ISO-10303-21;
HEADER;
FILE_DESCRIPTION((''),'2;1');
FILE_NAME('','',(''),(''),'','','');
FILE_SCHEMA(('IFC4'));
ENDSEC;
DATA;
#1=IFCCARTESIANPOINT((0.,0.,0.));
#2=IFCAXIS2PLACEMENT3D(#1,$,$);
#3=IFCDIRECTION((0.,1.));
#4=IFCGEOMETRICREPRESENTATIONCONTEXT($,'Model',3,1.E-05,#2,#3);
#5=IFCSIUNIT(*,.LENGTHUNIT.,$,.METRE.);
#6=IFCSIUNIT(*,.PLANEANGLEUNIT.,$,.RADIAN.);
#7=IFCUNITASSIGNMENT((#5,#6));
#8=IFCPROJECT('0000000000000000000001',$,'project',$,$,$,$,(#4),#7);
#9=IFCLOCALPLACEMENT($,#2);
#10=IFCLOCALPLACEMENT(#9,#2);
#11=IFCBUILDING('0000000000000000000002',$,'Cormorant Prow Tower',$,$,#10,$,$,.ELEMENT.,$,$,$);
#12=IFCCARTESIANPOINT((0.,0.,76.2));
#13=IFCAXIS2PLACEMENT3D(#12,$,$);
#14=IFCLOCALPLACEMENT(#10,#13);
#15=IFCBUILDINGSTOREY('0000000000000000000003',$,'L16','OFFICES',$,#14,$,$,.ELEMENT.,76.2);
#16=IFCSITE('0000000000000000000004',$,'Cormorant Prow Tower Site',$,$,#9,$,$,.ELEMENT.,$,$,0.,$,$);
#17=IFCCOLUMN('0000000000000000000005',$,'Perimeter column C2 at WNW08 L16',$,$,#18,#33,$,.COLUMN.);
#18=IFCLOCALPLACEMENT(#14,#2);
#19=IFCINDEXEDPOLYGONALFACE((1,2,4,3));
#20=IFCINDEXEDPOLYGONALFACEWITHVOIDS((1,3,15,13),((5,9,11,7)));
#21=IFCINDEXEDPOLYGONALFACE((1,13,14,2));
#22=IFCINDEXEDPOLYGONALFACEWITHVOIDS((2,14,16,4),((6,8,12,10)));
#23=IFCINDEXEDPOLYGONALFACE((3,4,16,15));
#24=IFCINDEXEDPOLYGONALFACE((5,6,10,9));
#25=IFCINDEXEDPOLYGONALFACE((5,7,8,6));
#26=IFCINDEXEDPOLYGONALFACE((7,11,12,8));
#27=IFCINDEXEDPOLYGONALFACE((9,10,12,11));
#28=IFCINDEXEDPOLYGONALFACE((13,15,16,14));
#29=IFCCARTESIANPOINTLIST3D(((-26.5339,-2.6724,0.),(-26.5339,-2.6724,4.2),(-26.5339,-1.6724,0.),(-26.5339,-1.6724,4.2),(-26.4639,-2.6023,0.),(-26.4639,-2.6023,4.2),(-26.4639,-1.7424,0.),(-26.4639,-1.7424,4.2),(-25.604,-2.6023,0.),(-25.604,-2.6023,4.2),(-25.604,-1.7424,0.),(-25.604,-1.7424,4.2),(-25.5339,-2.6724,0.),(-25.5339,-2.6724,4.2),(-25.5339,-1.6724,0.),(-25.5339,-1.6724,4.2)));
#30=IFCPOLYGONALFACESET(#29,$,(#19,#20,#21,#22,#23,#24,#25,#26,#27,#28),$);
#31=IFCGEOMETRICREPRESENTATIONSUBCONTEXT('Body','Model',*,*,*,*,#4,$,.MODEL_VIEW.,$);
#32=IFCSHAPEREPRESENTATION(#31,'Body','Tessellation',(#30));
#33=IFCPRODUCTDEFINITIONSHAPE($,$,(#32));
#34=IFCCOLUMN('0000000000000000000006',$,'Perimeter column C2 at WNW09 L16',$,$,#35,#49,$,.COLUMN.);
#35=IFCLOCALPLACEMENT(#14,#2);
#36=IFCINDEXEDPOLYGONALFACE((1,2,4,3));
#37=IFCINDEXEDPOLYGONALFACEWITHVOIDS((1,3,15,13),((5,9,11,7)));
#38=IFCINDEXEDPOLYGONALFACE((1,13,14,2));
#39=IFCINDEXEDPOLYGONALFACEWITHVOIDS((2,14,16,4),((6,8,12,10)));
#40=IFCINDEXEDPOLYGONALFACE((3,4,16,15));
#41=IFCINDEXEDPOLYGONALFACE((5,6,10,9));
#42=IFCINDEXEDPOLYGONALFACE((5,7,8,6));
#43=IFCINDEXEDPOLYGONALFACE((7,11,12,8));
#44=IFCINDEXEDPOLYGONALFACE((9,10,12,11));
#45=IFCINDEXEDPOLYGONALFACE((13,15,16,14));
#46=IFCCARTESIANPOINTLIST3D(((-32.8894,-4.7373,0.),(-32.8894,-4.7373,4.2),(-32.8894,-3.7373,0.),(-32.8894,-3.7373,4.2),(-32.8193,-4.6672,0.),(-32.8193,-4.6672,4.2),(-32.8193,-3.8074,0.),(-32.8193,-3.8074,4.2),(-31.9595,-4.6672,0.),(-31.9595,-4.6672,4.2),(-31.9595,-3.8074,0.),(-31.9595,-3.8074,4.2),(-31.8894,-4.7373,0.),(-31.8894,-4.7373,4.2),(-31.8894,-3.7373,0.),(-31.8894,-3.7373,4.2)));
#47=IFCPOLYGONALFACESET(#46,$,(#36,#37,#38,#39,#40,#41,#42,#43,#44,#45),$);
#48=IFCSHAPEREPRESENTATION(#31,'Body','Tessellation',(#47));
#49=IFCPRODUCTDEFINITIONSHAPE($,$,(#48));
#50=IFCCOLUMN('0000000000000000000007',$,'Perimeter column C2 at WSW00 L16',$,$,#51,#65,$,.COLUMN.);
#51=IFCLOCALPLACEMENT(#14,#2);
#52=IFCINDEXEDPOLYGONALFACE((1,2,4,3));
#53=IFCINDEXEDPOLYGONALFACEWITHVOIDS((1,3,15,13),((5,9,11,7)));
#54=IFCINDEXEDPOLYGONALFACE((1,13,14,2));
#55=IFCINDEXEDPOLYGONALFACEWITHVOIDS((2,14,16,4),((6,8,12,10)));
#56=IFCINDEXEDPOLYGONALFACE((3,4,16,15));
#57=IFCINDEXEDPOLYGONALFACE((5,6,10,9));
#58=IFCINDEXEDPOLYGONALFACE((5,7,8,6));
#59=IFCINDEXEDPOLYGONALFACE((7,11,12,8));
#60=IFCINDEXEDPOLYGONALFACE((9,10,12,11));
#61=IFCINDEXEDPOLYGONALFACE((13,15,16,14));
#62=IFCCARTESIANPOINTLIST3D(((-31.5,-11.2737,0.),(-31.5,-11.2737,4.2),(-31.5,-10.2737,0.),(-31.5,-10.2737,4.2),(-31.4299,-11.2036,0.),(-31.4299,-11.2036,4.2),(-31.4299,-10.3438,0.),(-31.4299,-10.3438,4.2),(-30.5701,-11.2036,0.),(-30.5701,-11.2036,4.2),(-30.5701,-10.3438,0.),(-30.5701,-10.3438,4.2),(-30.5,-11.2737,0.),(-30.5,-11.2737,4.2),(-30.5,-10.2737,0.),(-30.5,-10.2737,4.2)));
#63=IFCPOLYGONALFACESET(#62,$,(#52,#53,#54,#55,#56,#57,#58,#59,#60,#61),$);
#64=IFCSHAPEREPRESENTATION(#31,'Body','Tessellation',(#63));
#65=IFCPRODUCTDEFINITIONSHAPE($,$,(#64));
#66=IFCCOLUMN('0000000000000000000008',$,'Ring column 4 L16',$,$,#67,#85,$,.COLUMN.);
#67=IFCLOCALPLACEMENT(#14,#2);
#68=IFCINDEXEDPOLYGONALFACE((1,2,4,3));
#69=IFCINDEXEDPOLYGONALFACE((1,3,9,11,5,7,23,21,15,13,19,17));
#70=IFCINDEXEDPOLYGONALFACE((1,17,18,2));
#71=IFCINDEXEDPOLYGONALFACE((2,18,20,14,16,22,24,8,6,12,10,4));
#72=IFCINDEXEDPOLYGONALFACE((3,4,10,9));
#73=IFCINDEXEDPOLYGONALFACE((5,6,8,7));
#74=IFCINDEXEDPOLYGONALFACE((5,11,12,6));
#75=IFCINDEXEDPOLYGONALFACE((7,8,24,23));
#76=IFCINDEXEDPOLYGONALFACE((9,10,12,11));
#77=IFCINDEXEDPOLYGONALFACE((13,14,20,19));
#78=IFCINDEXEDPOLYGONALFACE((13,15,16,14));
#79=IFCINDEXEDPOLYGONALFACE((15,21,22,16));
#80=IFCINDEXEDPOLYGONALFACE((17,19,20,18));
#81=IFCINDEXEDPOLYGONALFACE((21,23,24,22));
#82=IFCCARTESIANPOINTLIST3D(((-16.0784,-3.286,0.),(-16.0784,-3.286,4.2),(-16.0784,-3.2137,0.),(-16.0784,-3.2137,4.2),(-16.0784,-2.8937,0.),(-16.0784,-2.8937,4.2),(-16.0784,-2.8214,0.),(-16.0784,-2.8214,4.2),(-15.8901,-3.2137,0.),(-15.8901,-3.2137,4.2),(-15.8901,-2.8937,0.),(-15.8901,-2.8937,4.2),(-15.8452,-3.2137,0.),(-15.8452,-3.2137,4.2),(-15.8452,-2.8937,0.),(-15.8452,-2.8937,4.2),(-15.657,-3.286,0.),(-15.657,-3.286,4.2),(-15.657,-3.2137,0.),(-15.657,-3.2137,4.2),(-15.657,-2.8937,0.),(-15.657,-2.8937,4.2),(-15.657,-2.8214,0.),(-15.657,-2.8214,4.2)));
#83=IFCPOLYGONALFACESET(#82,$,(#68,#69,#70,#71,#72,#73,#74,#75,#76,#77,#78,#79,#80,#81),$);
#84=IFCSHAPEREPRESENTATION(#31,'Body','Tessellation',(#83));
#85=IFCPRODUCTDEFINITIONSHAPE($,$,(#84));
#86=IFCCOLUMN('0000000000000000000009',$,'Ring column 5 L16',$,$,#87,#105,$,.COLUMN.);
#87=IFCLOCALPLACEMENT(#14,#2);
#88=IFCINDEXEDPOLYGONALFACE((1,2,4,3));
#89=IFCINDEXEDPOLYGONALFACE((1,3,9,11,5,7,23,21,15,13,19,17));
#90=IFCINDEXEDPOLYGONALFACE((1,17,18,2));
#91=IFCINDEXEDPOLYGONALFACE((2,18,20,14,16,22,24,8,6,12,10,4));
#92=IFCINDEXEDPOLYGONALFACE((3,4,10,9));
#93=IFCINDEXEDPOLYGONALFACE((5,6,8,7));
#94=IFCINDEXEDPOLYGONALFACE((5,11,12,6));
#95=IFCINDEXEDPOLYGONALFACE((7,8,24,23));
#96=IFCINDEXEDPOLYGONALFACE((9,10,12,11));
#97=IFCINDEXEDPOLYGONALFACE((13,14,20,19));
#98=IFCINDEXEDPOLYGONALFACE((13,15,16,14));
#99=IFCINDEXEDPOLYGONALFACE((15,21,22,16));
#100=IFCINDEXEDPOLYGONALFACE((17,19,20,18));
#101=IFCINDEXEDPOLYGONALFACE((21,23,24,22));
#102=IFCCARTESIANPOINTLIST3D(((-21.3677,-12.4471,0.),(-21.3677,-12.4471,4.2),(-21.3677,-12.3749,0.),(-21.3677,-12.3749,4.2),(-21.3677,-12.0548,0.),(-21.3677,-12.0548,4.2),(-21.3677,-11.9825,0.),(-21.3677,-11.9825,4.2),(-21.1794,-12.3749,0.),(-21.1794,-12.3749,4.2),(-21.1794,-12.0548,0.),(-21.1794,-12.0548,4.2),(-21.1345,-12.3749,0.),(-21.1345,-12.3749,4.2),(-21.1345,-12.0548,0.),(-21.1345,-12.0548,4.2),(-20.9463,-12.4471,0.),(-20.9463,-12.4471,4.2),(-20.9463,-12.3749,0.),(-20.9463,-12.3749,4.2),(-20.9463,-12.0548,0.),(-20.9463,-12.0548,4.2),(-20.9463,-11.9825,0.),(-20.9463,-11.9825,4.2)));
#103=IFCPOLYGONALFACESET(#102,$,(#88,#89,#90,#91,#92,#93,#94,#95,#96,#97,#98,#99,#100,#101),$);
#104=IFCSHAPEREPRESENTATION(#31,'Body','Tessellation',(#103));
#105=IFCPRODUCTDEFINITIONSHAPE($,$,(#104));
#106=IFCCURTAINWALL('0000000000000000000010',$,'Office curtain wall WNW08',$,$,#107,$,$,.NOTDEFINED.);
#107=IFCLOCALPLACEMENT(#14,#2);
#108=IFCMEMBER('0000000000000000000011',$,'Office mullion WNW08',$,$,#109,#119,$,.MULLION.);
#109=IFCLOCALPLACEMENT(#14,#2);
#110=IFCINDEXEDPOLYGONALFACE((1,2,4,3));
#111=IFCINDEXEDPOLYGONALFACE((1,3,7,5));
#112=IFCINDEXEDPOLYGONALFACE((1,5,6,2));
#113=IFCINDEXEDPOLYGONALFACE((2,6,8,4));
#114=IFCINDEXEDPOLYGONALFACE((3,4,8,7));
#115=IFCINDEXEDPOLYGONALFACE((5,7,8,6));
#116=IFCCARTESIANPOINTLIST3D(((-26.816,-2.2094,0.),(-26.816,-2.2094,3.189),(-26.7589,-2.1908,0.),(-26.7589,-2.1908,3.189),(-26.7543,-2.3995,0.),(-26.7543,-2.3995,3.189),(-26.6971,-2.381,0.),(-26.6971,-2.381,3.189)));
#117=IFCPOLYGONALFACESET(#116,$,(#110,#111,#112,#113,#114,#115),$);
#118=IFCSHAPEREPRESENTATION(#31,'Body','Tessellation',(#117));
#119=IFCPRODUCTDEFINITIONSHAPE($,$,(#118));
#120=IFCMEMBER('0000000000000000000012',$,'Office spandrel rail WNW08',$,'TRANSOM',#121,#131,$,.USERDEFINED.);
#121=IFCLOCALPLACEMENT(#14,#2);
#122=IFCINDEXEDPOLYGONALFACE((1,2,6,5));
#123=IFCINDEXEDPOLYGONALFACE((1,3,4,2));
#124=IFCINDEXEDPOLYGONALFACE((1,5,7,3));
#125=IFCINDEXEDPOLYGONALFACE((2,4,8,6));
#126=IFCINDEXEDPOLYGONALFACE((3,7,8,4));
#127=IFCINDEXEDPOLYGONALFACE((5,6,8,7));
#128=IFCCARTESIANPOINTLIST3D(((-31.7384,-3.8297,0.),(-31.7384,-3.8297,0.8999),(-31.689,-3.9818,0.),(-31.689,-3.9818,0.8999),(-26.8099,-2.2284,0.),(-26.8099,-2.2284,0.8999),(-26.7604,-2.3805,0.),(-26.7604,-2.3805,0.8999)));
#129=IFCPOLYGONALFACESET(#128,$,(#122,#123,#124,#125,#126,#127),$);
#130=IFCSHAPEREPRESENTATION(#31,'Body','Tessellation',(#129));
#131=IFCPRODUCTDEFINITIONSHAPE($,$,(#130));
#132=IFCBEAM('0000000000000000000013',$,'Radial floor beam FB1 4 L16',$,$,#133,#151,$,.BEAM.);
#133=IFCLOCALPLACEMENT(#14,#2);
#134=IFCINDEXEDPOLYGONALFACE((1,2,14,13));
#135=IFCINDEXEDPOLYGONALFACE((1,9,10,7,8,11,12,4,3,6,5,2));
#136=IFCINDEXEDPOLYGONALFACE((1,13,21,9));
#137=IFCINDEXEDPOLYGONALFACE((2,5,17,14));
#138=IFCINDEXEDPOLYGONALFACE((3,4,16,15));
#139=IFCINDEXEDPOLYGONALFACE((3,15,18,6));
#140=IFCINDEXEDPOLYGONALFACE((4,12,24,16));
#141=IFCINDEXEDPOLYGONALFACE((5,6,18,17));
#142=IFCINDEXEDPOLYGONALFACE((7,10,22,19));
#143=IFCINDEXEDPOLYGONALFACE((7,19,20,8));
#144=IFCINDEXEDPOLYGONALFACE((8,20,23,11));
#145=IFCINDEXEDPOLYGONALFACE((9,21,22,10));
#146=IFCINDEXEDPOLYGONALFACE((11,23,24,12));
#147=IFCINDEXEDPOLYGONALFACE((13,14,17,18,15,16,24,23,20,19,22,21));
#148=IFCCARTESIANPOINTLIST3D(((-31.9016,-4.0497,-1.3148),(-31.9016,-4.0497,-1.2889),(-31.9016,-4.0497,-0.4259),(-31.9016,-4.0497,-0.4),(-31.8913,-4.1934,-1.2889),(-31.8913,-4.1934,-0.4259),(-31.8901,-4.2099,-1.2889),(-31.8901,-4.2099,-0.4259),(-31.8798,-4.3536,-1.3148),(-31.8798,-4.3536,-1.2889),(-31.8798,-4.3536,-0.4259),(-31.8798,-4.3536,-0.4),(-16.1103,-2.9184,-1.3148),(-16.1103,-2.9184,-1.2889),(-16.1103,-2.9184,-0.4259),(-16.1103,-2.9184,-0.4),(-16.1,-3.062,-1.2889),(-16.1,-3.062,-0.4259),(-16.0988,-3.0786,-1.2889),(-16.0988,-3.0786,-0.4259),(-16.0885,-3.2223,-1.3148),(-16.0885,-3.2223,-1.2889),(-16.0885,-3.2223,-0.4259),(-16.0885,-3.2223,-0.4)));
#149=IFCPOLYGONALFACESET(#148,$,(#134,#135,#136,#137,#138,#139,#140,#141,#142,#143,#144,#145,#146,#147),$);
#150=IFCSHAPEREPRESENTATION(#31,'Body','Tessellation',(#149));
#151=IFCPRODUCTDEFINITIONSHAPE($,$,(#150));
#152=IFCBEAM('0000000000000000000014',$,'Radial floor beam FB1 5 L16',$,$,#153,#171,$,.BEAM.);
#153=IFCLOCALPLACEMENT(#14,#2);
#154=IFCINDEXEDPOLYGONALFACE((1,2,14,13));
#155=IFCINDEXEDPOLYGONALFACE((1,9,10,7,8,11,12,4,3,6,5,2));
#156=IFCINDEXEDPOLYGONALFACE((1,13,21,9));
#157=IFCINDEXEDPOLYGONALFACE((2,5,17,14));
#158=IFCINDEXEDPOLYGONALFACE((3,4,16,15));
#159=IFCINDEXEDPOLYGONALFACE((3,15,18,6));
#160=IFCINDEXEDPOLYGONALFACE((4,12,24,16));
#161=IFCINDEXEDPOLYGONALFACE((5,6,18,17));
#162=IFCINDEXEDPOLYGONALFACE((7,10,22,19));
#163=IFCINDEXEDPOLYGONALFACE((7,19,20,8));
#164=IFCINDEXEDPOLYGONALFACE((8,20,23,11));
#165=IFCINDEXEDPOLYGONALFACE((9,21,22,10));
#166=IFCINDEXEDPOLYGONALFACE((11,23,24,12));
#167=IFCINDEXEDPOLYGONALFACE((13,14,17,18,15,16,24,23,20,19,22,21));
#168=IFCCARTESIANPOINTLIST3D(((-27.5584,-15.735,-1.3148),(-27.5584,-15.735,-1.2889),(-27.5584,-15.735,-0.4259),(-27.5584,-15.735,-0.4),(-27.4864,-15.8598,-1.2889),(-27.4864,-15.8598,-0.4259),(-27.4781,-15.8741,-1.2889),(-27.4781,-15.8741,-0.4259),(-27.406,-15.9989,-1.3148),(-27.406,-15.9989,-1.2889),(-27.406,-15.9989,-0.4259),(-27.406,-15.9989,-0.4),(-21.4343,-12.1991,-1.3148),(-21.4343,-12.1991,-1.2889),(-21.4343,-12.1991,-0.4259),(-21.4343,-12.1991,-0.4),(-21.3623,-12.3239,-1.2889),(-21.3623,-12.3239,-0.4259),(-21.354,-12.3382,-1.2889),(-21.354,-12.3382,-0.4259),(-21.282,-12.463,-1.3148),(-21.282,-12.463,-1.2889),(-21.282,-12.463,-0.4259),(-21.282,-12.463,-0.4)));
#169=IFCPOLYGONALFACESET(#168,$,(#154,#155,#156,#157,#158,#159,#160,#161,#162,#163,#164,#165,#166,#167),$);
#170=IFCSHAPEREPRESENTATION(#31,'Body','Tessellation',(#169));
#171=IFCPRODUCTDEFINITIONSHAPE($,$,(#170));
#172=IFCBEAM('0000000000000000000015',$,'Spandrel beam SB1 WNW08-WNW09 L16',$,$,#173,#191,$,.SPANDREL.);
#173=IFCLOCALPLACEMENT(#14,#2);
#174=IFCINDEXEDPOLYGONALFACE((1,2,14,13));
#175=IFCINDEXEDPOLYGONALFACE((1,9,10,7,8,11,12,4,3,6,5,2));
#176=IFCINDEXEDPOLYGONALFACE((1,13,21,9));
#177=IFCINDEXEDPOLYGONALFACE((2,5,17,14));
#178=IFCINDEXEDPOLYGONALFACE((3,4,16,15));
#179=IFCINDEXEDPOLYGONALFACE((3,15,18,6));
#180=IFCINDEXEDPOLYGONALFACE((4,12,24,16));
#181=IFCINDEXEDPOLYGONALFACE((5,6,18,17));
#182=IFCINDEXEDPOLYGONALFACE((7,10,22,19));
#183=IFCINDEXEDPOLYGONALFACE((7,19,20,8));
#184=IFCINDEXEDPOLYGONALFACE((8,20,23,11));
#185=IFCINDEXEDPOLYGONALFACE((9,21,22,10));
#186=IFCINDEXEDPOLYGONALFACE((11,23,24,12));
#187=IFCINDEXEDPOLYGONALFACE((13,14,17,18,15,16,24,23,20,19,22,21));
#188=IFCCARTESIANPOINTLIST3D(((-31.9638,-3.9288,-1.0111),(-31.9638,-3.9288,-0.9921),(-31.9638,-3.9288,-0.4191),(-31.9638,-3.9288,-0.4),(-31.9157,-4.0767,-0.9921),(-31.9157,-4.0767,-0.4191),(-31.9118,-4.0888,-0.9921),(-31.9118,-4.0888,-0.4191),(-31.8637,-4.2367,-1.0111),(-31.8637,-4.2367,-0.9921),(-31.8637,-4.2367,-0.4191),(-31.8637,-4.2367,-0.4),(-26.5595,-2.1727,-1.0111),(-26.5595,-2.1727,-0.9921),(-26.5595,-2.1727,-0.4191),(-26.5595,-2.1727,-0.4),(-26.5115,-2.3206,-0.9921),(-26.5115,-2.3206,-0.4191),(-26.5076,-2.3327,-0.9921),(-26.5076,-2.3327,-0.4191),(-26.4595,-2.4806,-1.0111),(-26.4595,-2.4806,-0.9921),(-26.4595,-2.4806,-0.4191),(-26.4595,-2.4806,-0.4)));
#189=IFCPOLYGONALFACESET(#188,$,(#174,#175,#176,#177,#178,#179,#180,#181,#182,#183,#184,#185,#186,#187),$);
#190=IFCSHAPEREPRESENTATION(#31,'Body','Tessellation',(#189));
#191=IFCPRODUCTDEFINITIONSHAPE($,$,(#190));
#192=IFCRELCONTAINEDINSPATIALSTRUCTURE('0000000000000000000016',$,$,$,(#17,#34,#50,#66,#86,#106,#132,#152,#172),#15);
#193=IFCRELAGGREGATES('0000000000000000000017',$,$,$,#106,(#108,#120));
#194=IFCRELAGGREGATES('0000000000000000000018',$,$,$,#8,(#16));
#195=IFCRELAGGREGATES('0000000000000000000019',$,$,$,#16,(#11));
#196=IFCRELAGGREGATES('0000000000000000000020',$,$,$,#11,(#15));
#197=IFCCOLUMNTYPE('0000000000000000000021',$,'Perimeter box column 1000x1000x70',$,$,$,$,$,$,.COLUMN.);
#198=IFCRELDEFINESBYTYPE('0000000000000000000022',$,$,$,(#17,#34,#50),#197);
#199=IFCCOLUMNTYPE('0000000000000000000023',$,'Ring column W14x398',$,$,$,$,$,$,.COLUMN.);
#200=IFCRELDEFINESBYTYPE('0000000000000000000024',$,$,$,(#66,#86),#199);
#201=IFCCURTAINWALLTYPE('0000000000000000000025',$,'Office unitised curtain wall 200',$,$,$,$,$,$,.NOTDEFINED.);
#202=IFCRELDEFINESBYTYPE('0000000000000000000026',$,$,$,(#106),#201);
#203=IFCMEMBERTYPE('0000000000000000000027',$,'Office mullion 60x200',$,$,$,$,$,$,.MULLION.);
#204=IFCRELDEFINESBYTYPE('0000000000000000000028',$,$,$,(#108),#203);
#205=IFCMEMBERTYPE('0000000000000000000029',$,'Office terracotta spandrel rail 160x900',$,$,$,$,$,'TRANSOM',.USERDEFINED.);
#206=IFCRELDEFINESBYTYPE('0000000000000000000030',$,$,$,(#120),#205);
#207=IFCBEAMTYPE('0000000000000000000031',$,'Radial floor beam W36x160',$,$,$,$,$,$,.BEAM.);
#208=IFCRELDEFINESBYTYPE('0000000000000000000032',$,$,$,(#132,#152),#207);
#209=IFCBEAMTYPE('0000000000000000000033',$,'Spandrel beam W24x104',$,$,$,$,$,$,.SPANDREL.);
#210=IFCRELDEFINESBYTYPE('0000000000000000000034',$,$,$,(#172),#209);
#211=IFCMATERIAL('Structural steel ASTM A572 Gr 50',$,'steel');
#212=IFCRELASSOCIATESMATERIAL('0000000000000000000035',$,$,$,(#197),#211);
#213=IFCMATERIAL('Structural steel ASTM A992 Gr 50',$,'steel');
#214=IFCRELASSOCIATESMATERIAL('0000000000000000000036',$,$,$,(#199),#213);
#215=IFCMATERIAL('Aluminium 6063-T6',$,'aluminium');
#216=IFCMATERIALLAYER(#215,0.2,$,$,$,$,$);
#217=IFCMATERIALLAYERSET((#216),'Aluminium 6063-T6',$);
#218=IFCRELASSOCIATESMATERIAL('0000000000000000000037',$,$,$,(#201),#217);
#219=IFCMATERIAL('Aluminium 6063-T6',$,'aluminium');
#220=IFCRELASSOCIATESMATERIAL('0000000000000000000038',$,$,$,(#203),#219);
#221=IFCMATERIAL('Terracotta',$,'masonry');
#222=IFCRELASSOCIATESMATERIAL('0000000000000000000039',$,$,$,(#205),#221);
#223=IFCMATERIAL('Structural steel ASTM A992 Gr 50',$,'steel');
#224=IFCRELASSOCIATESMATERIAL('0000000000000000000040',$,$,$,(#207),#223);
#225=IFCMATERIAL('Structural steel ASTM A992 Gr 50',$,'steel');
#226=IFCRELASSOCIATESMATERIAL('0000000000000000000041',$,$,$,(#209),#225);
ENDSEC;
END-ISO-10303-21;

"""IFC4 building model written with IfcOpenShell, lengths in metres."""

from ifc_helpers import new_model, si_unit, direction, frame, origin, origin_2d, place, context, subcontext, project, spatial, rectangle, hollow_rectangle, i_section, extrude, material, layer, layer_set, material_profile, profile_set, type_object, element, aggregate, save


model = new_model("IFC4")

# Units and contexts
model_context = context("Model", 3, precision=1e-05, world=origin(), true_north=direction((0.0, 1.0)))
body_context = subcontext(model_context, "Body", "Model", "MODEL_VIEW")
ifc_project = project(units=[si_unit("LENGTHUNIT", "METRE"), si_unit("PLANEANGLEUNIT", "RADIAN")], contexts=[model_context])

# Site, building, storey
site_placement = place(None, origin())
site = spatial("IfcSite", under=ifc_project, at=site_placement, Name="Cormorant Prow Tower Site", CompositionType="ELEMENT", RefElevation=0.0)
building_placement = place(site_placement, origin())
building = spatial("IfcBuilding", under=site, at=building_placement, Name="Cormorant Prow Tower", CompositionType="ELEMENT")
storey_placement = place(building_placement, frame((0.0, 0.0, 76.2)))
storey = spatial("IfcBuildingStorey", under=building, at=storey_placement, Name="L16", Description="OFFICES", CompositionType="ELEMENT", Elevation=76.2)

# Columns
ifc_material_1 = material(Name="Structural steel ASTM A572 Gr 50", Category="steel")
ifc_material_profile_1 = material_profile(ifc_material_1, hollow_rectangle(XDim=1.0, YDim=1.0, WallThickness=0.0701, at=origin_2d()), Name="Box 1000x1000x70")
ifc_profile_set_1 = profile_set([ifc_material_profile_1], Name="Structural steel ASTM A572 Gr 50")
column_type_1 = type_object("IfcColumnType", Name="Perimeter box column 1000x1000x70", PredefinedType="COLUMN", material=ifc_profile_set_1)
for number, where, z_axis, x_axis, name in (
    (1, (-26.0339, -2.1724, 0.0), (0.0, 0.0, 1.0), (1.0, 0.0, 0.0), "Perimeter column C2 at WNW08 L16"),
    (2, (-32.3894, -4.2373, 0.0), (0.0, 0.0, 1.0), (1.0, 0.0, 0.0), "Perimeter column C2 at WNW09 L16"),
    (3, (-31.0, -10.7737, 0.0), (0.0, 0.0, 1.0), (1.0, 0.0, 0.0), "Perimeter column C2 at WSW00 L16"),
):
    element("IfcColumn", number, at=place(storey_placement, frame(where, z_axis=z_axis, x_axis=x_axis)), inside=storey, type_object=column_type_1, Name=name, PredefinedType="COLUMN", context=body_context, shape_type="SweptSolid", body=[
        extrude(hollow_rectangle(XDim=1.0, YDim=1.0, WallThickness=0.0701, at=origin_2d()), origin(), (0.0, 0.0, 1.0), 4.2),
    ])
ifc_material_2 = material(Name="Structural steel ASTM A992 Gr 50", Category="steel")
ifc_material_profile_2 = material_profile(ifc_material_2, i_section(OverallWidth=0.4214, OverallDepth=0.4646, WebThickness=0.0449, FlangeThickness=0.0723, at=origin_2d()), Name="W14x398")
ifc_profile_set_2 = profile_set([ifc_material_profile_2], Name="Structural steel ASTM A992 Gr 50")
column_type_2 = type_object("IfcColumnType", Name="Ring column W14x398", PredefinedType="COLUMN", material=ifc_profile_set_2)
for number, where, z_axis, x_axis, name in (
    (4, (-15.8677, -3.0537, 0.0), (0.0, 0.0, 1.0), (1.0, 0.0, 0.0), "Ring column 4 L16"),
    (5, (-21.157, -12.2148, 0.0), (0.0, 0.0, 1.0), (1.0, 0.0, 0.0), "Ring column 5 L16"),
):
    element("IfcColumn", number, at=place(storey_placement, frame(where, z_axis=z_axis, x_axis=x_axis)), inside=storey, type_object=column_type_2, Name=name, PredefinedType="COLUMN", context=body_context, shape_type="SweptSolid", body=[
        extrude(i_section(OverallWidth=0.4214, OverallDepth=0.4646, WebThickness=0.0449, FlangeThickness=0.0723, at=origin_2d()), origin(), (0.0, 0.0, 1.0), 4.2),
    ])

# Curtain wall, members
ifc_material_3 = material(Name="Aluminium 6063-T6", Category="aluminium")
ifc_layer_1 = layer(ifc_material_3, 0.2)
ifc_layer_set_1 = layer_set([ifc_layer_1], Name="Aluminium 6063-T6")
curtain_wall_type = type_object("IfcCurtainWallType", Name="Office unitised curtain wall 200", PredefinedType="NOTDEFINED", material=ifc_layer_set_1)
curtain_wall_placement = place(storey_placement, origin())
curtain_wall = element("IfcCurtainWall", 6, at=curtain_wall_placement, inside=storey, type_object=curtain_wall_type, Name="Office curtain wall WNW08", PredefinedType="NOTDEFINED")
ifc_material_4 = material(Name="Aluminium 6063-T6", Category="aluminium")
ifc_material_profile_3 = material_profile(ifc_material_4, rectangle(XDim=0.2, YDim=0.0601, at=origin_2d()), Name="Office mullion 60x200")
ifc_profile_set_3 = profile_set([ifc_material_profile_3], Name="Aluminium 6063-T6")
member_type_1 = type_object("IfcMemberType", Name="Office mullion 60x200", PredefinedType="MULLION", material=ifc_profile_set_3)
member_1_placement = place(storey_placement, frame((-26.7566, -2.2952, 0.0), z_axis=(0.0, 0.0, 1.0), x_axis=(0.309017, -0.951057, 0.0)))
member_1 = element("IfcMember", 7, at=member_1_placement, type_object=member_type_1, Name="Office mullion WNW08", PredefinedType="MULLION", context=body_context, shape_type="SweptSolid", body=[
    extrude(rectangle(XDim=0.2, YDim=0.0601, at=origin_2d()), origin(), (0.0, 0.0, 1.0), 3.189),
])
ifc_material_5 = material(Name="Terracotta", Category="masonry")
ifc_material_profile_4 = material_profile(ifc_material_5, rectangle(XDim=0.1599, YDim=0.8999, at=origin_2d()), Name="Office terracotta spandrel rail 160x900")
ifc_profile_set_4 = profile_set([ifc_material_profile_4], Name="Terracotta")
member_type_2 = type_object("IfcMemberType", Name="Office terracotta spandrel rail 160x900", ElementType="TRANSOM", PredefinedType="USERDEFINED", material=ifc_profile_set_4)
member_2_placement = place(storey_placement, frame((-26.7852, -2.3044, 0.45), z_axis=(-0.951059, -0.30901, 0.0), x_axis=(0.30901, -0.951059, 0.0)))
member_2 = element("IfcMember", 8, at=member_2_placement, type_object=member_type_2, Name="Office spandrel rail WNW08", ObjectType="TRANSOM", PredefinedType="USERDEFINED", context=body_context, shape_type="SweptSolid", body=[
    extrude(rectangle(XDim=0.1599, YDim=0.8999, at=origin_2d()), origin(), (0.0, 0.0, 1.0), 5.1821),
])

# Beams
ifc_material_6 = material(Name="Structural steel ASTM A992 Gr 50", Category="steel")
ifc_material_profile_5 = material_profile(ifc_material_6, i_section(OverallWidth=0.3047, OverallDepth=0.9148, WebThickness=0.0166, FlangeThickness=0.0259, at=origin_2d()), Name="W36x160")
ifc_profile_set_5 = profile_set([ifc_material_profile_5], Name="Structural steel ASTM A992 Gr 50")
beam_type_1 = type_object("IfcBeamType", Name="Radial floor beam W36x160", PredefinedType="BEAM", material=ifc_profile_set_5)
beam_1_placement = place(storey_placement, frame((-16.0994, -3.0703, -0.8574), z_axis=(-0.997443, -0.071461, 0.0), x_axis=(0.071461, -0.997443, 0.0)))
element("IfcBeam", 9, at=beam_1_placement, inside=storey, type_object=beam_type_1, Name="Radial floor beam FB1 4 L16", PredefinedType="BEAM", context=body_context, shape_type="SweptSolid", body=[
    extrude(i_section(OverallWidth=0.3047, OverallDepth=0.9148, WebThickness=0.0166, FlangeThickness=0.0259, at=origin_2d()), origin(), (0.0, 0.0, 1.0), 15.8318),
])
beam_2_placement = place(storey_placement, frame((-21.3582, -12.3311, -0.8574), z_axis=(-0.866014, -0.500019, 0.0), x_axis=(0.500019, -0.866014, 0.0)))
element("IfcBeam", 10, at=beam_2_placement, inside=storey, type_object=beam_type_1, Name="Radial floor beam FB1 5 L16", PredefinedType="BEAM", context=body_context, shape_type="SweptSolid", body=[
    extrude(i_section(OverallWidth=0.3047, OverallDepth=0.9148, WebThickness=0.0166, FlangeThickness=0.0259, at=origin_2d()), origin(), (0.0, 0.0, 1.0), 7.0715),
])
ifc_material_7 = material(Name="Structural steel ASTM A992 Gr 50", Category="steel")
ifc_material_profile_6 = material_profile(ifc_material_7, i_section(OverallWidth=0.3237, OverallDepth=0.6111, WebThickness=0.0127, FlangeThickness=0.019, at=origin_2d()), Name="W24x104")
ifc_profile_set_6 = profile_set([ifc_material_profile_6], Name="Structural steel ASTM A992 Gr 50")
beam_type_2 = type_object("IfcBeamType", Name="Spandrel beam W24x104", PredefinedType="SPANDREL", material=ifc_profile_set_6)
beam_3_placement = place(storey_placement, frame((-26.5095, -2.3267, -0.7056), z_axis=(-0.951049, -0.309039, 0.0), x_axis=(0.309039, -0.951049, 0.0)))
element("IfcBeam", 11, at=beam_3_placement, inside=storey, type_object=beam_type_2, Name="Spandrel beam SB1 WNW08-WNW09 L16", PredefinedType="SPANDREL", context=body_context, shape_type="SweptSolid", body=[
    extrude(i_section(OverallWidth=0.3237, OverallDepth=0.6111, WebThickness=0.0127, FlangeThickness=0.019, at=origin_2d()), origin(), (0.0, 0.0, 1.0), 5.6824),
])

aggregate(curtain_wall, [member_1, member_2])

save(model, "model.ifc")
